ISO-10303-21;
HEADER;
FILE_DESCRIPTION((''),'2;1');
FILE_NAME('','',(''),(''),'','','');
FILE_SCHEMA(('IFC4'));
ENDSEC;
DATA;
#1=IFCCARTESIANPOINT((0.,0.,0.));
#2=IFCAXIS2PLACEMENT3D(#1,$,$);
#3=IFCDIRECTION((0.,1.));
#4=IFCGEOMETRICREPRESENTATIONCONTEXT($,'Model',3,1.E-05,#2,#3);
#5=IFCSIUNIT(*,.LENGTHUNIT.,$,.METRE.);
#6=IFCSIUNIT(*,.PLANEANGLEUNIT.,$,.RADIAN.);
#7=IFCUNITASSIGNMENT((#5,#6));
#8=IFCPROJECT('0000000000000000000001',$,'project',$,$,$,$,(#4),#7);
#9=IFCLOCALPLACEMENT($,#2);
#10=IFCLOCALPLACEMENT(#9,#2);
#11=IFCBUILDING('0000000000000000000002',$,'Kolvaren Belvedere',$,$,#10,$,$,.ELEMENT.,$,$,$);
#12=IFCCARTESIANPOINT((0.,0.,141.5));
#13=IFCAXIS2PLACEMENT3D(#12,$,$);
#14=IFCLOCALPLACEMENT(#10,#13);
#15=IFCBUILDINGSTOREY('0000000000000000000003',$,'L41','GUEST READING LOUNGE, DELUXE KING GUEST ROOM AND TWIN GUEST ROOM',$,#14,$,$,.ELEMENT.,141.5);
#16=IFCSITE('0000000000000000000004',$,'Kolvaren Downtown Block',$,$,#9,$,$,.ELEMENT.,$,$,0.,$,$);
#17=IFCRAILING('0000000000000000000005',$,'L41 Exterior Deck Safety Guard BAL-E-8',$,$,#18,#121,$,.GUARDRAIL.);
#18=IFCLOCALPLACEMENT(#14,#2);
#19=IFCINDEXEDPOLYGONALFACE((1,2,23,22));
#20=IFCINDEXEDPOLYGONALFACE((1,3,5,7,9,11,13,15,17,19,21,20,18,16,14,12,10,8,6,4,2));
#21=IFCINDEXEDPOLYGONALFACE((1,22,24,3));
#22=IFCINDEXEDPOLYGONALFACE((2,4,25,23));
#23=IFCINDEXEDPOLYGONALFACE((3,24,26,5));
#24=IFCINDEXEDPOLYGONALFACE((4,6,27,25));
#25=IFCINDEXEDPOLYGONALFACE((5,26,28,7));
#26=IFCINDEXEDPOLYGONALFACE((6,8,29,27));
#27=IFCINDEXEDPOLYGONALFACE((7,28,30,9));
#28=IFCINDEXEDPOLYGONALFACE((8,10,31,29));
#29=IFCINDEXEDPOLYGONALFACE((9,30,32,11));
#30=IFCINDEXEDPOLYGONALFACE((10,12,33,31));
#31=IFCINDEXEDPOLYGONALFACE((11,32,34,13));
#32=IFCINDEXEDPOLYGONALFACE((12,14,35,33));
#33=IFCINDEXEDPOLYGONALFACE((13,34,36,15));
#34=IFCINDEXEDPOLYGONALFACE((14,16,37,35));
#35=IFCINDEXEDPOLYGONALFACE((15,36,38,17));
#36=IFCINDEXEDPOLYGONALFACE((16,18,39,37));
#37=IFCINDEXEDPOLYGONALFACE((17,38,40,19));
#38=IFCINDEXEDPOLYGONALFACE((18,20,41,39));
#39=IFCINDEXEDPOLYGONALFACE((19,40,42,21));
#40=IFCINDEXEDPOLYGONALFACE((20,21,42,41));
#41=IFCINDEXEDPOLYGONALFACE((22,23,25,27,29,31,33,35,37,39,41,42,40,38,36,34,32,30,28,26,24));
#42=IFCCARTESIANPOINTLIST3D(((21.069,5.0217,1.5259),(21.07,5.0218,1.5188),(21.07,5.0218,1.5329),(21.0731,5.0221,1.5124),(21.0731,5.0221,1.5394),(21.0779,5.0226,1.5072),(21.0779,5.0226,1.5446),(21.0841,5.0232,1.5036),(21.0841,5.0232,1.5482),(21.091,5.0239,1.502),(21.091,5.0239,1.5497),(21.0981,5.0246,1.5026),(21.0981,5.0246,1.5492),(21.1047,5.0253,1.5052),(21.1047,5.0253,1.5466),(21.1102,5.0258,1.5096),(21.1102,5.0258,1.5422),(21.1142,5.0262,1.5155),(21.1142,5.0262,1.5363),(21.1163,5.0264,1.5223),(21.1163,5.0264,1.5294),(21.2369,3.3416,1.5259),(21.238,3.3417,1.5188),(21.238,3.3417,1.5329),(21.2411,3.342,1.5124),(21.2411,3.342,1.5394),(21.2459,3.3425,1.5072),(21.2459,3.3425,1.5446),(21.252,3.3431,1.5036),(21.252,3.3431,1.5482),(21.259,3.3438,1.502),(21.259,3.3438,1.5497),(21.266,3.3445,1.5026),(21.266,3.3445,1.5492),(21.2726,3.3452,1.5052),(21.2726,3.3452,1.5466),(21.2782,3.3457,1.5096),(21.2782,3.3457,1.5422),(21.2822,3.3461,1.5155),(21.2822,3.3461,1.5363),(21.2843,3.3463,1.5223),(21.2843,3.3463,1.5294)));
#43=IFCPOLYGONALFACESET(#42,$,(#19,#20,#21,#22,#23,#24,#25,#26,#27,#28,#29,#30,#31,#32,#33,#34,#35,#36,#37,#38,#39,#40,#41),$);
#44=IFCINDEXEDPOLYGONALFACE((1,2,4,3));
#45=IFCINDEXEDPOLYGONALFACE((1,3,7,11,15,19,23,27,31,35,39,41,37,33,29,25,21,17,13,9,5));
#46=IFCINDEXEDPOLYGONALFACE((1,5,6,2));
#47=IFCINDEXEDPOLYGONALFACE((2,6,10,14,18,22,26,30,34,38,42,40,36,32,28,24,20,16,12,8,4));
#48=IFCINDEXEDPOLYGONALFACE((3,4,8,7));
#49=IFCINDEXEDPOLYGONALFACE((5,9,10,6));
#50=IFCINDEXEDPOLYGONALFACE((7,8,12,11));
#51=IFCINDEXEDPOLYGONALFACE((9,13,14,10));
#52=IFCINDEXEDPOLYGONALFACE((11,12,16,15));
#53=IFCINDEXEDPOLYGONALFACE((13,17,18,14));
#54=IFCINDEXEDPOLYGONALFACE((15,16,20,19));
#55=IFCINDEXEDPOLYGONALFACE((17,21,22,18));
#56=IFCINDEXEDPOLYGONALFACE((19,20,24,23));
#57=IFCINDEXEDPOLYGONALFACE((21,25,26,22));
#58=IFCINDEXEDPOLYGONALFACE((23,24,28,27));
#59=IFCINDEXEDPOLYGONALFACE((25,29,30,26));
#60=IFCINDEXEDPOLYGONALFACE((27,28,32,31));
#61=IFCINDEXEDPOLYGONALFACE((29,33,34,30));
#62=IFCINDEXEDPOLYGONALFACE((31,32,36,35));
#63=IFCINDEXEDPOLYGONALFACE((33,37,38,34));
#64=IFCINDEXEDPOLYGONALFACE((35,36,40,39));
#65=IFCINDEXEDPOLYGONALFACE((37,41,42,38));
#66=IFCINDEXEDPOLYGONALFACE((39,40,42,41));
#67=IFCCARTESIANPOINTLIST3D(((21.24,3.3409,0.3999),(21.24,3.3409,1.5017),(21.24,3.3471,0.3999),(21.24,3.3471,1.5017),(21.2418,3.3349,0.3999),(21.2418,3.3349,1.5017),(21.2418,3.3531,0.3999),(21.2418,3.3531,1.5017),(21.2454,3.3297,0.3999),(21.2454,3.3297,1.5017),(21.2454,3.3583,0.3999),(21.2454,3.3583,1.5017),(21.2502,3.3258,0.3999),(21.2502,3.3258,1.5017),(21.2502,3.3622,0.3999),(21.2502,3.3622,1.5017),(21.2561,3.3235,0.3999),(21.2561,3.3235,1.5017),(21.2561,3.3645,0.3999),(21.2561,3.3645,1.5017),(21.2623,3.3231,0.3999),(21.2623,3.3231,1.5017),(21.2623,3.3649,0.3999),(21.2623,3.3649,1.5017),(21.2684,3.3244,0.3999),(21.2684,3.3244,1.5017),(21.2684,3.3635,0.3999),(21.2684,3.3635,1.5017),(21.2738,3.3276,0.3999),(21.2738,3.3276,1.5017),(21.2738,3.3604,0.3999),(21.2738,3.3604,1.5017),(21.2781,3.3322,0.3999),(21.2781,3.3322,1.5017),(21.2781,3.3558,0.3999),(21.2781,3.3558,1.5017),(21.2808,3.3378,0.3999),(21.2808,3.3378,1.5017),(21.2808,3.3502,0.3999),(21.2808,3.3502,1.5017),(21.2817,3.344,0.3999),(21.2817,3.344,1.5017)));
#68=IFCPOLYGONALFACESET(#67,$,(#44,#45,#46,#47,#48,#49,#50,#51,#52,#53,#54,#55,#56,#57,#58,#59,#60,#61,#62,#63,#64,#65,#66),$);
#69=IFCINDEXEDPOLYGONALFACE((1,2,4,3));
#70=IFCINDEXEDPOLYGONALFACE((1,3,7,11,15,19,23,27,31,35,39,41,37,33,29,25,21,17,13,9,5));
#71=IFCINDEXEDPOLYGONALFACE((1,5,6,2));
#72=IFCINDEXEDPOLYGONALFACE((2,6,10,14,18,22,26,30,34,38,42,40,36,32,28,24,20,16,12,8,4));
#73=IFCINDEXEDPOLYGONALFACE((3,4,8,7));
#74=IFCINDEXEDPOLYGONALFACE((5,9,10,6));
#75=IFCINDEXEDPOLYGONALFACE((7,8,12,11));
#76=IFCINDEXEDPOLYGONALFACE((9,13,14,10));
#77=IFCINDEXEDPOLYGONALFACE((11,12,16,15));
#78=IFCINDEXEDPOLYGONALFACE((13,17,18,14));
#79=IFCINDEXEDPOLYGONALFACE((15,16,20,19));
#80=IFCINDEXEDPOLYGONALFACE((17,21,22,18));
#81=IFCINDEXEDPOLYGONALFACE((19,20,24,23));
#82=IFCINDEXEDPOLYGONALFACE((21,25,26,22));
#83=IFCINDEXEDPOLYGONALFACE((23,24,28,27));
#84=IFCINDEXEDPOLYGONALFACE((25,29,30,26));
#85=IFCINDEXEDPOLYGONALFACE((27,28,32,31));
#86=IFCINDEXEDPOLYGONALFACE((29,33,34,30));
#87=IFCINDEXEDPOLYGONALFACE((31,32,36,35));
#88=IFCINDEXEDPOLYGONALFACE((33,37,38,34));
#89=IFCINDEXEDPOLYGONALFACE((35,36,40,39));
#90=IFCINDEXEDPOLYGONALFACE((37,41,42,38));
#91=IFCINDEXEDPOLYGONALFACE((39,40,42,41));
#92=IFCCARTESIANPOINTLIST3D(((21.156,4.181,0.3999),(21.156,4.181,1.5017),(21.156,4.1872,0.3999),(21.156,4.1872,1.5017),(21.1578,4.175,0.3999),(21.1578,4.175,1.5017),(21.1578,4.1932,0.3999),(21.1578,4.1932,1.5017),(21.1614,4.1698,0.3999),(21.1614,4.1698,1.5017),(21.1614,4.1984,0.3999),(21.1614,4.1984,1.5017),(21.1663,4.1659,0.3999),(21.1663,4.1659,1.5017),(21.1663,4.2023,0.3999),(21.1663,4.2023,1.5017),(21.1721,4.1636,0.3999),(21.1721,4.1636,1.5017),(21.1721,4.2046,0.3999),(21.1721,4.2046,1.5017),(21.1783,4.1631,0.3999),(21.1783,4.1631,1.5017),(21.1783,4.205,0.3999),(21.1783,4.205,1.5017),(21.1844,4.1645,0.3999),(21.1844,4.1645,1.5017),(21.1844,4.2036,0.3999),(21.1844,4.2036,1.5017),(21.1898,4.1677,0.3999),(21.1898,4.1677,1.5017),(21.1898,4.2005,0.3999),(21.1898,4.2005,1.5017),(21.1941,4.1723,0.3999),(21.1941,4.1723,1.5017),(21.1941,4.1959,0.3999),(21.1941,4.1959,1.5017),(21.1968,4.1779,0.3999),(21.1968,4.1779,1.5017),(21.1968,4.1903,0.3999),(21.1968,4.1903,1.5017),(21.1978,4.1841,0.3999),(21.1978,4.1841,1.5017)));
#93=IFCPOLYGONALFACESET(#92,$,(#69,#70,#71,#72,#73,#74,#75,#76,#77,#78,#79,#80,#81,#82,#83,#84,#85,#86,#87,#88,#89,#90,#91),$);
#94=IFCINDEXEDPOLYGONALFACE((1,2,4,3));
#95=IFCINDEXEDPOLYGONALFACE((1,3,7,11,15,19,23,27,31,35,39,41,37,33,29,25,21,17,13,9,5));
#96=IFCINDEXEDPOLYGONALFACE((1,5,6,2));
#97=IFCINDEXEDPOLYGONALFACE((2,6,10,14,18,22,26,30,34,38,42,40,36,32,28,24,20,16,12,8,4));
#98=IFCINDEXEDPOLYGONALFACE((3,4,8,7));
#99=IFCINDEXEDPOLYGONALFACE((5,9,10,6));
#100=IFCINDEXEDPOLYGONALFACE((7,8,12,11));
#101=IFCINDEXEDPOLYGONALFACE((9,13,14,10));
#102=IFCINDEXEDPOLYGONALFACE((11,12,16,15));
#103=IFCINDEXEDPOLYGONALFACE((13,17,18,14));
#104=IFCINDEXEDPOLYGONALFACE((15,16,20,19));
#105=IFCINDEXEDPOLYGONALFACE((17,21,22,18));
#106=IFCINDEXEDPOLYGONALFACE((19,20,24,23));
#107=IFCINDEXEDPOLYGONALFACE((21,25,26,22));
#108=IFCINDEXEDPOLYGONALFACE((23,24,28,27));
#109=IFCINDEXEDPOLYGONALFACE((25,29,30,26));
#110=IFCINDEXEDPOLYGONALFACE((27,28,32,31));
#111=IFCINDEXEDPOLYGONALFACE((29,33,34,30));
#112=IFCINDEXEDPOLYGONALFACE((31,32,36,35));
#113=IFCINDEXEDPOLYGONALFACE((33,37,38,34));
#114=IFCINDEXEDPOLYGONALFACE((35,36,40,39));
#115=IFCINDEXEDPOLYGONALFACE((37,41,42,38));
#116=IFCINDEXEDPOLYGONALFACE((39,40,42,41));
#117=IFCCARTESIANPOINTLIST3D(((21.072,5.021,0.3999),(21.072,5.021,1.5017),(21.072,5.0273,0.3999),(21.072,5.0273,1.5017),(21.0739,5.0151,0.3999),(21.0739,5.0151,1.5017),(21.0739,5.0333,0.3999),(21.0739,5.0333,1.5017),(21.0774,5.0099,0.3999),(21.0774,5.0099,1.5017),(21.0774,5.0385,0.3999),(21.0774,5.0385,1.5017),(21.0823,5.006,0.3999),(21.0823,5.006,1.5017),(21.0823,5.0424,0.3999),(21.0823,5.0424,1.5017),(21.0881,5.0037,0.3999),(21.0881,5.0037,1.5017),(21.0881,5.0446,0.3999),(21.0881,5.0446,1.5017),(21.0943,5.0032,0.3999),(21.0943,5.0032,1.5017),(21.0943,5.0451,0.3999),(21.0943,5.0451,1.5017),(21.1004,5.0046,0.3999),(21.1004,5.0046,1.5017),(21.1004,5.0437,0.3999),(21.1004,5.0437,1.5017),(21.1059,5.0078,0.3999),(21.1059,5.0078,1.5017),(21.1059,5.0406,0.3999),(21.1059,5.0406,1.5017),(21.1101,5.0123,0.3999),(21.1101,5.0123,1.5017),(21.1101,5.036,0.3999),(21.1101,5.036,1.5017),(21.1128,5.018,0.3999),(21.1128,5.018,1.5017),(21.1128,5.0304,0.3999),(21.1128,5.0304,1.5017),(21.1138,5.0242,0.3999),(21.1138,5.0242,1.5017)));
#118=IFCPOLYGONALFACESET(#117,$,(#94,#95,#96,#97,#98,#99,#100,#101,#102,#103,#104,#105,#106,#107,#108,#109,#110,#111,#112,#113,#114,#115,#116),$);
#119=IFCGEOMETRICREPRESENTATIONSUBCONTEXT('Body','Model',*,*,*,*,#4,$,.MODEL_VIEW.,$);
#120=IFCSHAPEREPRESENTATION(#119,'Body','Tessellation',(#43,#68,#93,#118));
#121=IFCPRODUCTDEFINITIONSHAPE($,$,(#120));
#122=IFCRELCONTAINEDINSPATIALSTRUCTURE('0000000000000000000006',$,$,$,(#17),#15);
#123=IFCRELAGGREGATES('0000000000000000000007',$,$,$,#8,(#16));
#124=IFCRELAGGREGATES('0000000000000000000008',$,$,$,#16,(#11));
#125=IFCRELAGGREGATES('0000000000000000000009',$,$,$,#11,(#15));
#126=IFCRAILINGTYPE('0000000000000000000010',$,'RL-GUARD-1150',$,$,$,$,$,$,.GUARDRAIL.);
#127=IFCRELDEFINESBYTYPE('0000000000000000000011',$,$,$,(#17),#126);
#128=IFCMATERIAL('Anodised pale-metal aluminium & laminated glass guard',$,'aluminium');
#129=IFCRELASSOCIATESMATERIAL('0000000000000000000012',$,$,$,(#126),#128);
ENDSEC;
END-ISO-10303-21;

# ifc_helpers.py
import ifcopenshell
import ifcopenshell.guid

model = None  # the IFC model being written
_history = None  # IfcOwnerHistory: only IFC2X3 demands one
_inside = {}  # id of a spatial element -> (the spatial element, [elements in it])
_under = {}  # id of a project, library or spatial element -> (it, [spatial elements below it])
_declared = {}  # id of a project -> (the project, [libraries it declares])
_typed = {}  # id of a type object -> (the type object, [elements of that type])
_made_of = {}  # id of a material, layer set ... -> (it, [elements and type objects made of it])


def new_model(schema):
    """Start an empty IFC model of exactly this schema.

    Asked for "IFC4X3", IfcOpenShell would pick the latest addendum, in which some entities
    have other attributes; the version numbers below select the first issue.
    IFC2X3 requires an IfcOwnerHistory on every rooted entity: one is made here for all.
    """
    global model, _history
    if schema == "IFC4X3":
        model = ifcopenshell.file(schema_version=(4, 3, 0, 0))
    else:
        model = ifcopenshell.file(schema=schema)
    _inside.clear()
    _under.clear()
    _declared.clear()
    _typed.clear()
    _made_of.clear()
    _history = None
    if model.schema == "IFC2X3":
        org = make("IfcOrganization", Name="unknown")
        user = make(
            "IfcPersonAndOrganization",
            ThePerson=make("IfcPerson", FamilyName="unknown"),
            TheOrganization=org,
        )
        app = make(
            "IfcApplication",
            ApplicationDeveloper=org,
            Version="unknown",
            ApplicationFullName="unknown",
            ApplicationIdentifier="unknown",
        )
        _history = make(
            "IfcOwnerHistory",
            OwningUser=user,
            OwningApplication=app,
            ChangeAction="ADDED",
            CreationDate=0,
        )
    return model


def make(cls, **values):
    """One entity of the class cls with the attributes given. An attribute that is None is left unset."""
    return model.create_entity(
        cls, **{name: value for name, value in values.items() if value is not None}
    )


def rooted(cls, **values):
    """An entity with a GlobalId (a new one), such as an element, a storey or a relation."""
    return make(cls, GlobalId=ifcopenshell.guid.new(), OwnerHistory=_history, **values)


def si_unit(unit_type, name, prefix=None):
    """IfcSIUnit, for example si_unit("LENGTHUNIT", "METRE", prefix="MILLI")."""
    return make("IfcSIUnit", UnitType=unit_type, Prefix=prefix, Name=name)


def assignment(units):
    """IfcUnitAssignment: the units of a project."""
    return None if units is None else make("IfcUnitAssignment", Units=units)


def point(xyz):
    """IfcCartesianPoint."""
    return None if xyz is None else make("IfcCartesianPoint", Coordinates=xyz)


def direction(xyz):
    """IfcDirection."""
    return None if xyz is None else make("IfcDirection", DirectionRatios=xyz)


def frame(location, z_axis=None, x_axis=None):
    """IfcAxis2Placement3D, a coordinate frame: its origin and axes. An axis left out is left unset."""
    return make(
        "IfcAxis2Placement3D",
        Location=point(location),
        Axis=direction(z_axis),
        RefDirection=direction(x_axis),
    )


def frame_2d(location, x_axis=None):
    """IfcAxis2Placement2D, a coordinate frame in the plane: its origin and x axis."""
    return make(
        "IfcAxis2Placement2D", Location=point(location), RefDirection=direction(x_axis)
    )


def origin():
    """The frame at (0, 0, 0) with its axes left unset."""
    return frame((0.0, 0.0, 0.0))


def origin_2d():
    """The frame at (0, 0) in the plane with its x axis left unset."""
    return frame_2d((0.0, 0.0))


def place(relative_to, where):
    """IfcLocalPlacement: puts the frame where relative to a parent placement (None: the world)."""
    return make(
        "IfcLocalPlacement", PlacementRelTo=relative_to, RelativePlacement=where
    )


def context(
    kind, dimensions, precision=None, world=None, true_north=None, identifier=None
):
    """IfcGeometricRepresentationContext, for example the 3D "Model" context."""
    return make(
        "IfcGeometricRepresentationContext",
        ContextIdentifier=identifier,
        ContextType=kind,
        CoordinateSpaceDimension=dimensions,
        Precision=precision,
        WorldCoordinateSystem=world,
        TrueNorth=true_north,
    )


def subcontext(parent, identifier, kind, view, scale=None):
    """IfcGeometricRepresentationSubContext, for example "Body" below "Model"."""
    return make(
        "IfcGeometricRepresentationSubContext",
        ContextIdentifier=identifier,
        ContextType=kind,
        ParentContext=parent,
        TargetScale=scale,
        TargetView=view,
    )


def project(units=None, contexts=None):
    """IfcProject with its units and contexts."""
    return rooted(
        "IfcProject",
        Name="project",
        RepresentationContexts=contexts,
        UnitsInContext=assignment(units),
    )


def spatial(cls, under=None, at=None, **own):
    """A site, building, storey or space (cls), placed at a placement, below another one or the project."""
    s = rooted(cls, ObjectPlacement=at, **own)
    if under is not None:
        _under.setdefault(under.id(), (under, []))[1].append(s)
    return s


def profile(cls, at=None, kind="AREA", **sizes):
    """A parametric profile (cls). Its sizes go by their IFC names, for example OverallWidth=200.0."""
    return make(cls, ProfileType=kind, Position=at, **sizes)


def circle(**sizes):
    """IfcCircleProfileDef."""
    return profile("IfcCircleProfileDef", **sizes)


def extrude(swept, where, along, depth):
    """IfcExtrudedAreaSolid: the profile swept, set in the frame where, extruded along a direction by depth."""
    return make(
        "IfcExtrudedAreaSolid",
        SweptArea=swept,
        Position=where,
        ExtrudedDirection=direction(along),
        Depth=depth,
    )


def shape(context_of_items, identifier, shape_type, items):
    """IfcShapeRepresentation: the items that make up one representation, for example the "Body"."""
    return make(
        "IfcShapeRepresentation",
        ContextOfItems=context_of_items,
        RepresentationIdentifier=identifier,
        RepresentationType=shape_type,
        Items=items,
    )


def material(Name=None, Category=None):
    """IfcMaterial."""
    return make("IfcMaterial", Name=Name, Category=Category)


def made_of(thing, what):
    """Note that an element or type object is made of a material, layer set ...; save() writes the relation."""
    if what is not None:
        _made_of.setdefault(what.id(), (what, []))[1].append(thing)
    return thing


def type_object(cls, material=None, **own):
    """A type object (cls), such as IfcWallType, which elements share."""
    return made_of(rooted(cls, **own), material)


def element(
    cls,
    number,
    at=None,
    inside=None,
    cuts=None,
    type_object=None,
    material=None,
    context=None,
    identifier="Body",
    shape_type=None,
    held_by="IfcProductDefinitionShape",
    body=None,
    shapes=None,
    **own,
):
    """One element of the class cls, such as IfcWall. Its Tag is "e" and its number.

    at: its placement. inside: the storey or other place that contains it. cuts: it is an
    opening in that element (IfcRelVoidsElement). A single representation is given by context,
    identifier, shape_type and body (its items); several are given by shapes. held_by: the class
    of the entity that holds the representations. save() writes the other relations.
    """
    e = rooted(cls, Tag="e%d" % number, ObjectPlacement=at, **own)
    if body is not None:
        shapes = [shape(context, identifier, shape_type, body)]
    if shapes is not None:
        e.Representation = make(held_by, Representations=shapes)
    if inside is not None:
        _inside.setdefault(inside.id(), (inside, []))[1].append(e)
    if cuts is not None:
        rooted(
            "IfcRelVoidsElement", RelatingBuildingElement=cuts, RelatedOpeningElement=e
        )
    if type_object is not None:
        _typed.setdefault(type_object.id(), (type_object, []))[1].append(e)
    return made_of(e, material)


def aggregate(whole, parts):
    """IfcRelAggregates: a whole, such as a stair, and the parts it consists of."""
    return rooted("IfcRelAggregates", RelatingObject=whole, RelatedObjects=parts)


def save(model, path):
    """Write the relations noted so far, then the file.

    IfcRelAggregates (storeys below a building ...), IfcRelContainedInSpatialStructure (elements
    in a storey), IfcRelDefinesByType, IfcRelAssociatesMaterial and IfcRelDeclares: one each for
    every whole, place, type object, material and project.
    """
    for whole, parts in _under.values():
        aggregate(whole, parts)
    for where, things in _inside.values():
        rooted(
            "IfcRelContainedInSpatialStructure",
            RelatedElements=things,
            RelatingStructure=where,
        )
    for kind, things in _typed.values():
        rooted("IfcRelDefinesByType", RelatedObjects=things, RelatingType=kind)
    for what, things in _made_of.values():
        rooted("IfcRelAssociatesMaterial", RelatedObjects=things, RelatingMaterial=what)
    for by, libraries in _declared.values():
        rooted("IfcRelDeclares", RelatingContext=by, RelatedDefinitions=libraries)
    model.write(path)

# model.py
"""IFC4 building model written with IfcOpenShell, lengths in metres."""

from ifc_helpers import new_model, si_unit, direction, frame, origin, origin_2d, place, context, subcontext, project, spatial, circle, extrude, material, type_object, element, save


model = new_model("IFC4")

# Units and contexts
model_context = context("Model", 3, precision=1e-05, world=origin(), true_north=direction((0.0, 1.0)))
body_context = subcontext(model_context, "Body", "Model", "MODEL_VIEW")
ifc_project = project(units=[si_unit("LENGTHUNIT", "METRE"), si_unit("PLANEANGLEUNIT", "RADIAN")], contexts=[model_context])

# Site, building, storey
site_placement = place(None, origin())
site = spatial("IfcSite", under=ifc_project, at=site_placement, Name="Kolvaren Downtown Block", CompositionType="ELEMENT", RefElevation=0.0)
building_placement = place(site_placement, origin())
building = spatial("IfcBuilding", under=site, at=building_placement, Name="Kolvaren Belvedere", CompositionType="ELEMENT")
storey_placement = place(building_placement, frame((0.0, 0.0, 141.5)))
storey = spatial("IfcBuildingStorey", under=building, at=storey_placement, Name="L41", Description="GUEST READING LOUNGE, DELUXE KING GUEST ROOM AND TWIN GUEST ROOM", CompositionType="ELEMENT", Elevation=141.5)

# Railing
ifc_material_1 = material(Name="Anodised pale-metal aluminium & laminated glass guard", Category="aluminium")
railing_type = type_object("IfcRailingType", Name="RL-GUARD-1150", PredefinedType="GUARDRAIL", material=ifc_material_1)
railing_1_placement = place(storey_placement, frame((21.2607, 3.344, 0.3999)))
element("IfcRailing", 1, at=railing_1_placement, inside=storey, type_object=railing_type, Name="L41 Exterior Deck Safety Guard BAL-E-8", PredefinedType="GUARDRAIL", context=body_context, shape_type="SweptSolid", body=[
    extrude(circle(Radius=0.0239, at=origin_2d()), frame((0.0, 0.0, 1.126), z_axis=(-0.099475, 0.99504, 0.0), x_axis=(-0.99504, -0.099475, 0.0)), (0.0, 0.0, 1.0), 1.6885),
    extrude(circle(Radius=0.021, at=origin_2d()), origin(), (0.0, 0.0, 1.0), 1.1018),
    extrude(circle(Radius=0.021, at=origin_2d()), frame((-0.084, 0.8401, 0.0)), (0.0, 0.0, 1.0), 1.1018),
    extrude(circle(Radius=0.021, at=origin_2d()), frame((-0.168, 1.6802, 0.0)), (0.0, 0.0, 1.0), 1.1018),
])

save(model, "model.ifc")
